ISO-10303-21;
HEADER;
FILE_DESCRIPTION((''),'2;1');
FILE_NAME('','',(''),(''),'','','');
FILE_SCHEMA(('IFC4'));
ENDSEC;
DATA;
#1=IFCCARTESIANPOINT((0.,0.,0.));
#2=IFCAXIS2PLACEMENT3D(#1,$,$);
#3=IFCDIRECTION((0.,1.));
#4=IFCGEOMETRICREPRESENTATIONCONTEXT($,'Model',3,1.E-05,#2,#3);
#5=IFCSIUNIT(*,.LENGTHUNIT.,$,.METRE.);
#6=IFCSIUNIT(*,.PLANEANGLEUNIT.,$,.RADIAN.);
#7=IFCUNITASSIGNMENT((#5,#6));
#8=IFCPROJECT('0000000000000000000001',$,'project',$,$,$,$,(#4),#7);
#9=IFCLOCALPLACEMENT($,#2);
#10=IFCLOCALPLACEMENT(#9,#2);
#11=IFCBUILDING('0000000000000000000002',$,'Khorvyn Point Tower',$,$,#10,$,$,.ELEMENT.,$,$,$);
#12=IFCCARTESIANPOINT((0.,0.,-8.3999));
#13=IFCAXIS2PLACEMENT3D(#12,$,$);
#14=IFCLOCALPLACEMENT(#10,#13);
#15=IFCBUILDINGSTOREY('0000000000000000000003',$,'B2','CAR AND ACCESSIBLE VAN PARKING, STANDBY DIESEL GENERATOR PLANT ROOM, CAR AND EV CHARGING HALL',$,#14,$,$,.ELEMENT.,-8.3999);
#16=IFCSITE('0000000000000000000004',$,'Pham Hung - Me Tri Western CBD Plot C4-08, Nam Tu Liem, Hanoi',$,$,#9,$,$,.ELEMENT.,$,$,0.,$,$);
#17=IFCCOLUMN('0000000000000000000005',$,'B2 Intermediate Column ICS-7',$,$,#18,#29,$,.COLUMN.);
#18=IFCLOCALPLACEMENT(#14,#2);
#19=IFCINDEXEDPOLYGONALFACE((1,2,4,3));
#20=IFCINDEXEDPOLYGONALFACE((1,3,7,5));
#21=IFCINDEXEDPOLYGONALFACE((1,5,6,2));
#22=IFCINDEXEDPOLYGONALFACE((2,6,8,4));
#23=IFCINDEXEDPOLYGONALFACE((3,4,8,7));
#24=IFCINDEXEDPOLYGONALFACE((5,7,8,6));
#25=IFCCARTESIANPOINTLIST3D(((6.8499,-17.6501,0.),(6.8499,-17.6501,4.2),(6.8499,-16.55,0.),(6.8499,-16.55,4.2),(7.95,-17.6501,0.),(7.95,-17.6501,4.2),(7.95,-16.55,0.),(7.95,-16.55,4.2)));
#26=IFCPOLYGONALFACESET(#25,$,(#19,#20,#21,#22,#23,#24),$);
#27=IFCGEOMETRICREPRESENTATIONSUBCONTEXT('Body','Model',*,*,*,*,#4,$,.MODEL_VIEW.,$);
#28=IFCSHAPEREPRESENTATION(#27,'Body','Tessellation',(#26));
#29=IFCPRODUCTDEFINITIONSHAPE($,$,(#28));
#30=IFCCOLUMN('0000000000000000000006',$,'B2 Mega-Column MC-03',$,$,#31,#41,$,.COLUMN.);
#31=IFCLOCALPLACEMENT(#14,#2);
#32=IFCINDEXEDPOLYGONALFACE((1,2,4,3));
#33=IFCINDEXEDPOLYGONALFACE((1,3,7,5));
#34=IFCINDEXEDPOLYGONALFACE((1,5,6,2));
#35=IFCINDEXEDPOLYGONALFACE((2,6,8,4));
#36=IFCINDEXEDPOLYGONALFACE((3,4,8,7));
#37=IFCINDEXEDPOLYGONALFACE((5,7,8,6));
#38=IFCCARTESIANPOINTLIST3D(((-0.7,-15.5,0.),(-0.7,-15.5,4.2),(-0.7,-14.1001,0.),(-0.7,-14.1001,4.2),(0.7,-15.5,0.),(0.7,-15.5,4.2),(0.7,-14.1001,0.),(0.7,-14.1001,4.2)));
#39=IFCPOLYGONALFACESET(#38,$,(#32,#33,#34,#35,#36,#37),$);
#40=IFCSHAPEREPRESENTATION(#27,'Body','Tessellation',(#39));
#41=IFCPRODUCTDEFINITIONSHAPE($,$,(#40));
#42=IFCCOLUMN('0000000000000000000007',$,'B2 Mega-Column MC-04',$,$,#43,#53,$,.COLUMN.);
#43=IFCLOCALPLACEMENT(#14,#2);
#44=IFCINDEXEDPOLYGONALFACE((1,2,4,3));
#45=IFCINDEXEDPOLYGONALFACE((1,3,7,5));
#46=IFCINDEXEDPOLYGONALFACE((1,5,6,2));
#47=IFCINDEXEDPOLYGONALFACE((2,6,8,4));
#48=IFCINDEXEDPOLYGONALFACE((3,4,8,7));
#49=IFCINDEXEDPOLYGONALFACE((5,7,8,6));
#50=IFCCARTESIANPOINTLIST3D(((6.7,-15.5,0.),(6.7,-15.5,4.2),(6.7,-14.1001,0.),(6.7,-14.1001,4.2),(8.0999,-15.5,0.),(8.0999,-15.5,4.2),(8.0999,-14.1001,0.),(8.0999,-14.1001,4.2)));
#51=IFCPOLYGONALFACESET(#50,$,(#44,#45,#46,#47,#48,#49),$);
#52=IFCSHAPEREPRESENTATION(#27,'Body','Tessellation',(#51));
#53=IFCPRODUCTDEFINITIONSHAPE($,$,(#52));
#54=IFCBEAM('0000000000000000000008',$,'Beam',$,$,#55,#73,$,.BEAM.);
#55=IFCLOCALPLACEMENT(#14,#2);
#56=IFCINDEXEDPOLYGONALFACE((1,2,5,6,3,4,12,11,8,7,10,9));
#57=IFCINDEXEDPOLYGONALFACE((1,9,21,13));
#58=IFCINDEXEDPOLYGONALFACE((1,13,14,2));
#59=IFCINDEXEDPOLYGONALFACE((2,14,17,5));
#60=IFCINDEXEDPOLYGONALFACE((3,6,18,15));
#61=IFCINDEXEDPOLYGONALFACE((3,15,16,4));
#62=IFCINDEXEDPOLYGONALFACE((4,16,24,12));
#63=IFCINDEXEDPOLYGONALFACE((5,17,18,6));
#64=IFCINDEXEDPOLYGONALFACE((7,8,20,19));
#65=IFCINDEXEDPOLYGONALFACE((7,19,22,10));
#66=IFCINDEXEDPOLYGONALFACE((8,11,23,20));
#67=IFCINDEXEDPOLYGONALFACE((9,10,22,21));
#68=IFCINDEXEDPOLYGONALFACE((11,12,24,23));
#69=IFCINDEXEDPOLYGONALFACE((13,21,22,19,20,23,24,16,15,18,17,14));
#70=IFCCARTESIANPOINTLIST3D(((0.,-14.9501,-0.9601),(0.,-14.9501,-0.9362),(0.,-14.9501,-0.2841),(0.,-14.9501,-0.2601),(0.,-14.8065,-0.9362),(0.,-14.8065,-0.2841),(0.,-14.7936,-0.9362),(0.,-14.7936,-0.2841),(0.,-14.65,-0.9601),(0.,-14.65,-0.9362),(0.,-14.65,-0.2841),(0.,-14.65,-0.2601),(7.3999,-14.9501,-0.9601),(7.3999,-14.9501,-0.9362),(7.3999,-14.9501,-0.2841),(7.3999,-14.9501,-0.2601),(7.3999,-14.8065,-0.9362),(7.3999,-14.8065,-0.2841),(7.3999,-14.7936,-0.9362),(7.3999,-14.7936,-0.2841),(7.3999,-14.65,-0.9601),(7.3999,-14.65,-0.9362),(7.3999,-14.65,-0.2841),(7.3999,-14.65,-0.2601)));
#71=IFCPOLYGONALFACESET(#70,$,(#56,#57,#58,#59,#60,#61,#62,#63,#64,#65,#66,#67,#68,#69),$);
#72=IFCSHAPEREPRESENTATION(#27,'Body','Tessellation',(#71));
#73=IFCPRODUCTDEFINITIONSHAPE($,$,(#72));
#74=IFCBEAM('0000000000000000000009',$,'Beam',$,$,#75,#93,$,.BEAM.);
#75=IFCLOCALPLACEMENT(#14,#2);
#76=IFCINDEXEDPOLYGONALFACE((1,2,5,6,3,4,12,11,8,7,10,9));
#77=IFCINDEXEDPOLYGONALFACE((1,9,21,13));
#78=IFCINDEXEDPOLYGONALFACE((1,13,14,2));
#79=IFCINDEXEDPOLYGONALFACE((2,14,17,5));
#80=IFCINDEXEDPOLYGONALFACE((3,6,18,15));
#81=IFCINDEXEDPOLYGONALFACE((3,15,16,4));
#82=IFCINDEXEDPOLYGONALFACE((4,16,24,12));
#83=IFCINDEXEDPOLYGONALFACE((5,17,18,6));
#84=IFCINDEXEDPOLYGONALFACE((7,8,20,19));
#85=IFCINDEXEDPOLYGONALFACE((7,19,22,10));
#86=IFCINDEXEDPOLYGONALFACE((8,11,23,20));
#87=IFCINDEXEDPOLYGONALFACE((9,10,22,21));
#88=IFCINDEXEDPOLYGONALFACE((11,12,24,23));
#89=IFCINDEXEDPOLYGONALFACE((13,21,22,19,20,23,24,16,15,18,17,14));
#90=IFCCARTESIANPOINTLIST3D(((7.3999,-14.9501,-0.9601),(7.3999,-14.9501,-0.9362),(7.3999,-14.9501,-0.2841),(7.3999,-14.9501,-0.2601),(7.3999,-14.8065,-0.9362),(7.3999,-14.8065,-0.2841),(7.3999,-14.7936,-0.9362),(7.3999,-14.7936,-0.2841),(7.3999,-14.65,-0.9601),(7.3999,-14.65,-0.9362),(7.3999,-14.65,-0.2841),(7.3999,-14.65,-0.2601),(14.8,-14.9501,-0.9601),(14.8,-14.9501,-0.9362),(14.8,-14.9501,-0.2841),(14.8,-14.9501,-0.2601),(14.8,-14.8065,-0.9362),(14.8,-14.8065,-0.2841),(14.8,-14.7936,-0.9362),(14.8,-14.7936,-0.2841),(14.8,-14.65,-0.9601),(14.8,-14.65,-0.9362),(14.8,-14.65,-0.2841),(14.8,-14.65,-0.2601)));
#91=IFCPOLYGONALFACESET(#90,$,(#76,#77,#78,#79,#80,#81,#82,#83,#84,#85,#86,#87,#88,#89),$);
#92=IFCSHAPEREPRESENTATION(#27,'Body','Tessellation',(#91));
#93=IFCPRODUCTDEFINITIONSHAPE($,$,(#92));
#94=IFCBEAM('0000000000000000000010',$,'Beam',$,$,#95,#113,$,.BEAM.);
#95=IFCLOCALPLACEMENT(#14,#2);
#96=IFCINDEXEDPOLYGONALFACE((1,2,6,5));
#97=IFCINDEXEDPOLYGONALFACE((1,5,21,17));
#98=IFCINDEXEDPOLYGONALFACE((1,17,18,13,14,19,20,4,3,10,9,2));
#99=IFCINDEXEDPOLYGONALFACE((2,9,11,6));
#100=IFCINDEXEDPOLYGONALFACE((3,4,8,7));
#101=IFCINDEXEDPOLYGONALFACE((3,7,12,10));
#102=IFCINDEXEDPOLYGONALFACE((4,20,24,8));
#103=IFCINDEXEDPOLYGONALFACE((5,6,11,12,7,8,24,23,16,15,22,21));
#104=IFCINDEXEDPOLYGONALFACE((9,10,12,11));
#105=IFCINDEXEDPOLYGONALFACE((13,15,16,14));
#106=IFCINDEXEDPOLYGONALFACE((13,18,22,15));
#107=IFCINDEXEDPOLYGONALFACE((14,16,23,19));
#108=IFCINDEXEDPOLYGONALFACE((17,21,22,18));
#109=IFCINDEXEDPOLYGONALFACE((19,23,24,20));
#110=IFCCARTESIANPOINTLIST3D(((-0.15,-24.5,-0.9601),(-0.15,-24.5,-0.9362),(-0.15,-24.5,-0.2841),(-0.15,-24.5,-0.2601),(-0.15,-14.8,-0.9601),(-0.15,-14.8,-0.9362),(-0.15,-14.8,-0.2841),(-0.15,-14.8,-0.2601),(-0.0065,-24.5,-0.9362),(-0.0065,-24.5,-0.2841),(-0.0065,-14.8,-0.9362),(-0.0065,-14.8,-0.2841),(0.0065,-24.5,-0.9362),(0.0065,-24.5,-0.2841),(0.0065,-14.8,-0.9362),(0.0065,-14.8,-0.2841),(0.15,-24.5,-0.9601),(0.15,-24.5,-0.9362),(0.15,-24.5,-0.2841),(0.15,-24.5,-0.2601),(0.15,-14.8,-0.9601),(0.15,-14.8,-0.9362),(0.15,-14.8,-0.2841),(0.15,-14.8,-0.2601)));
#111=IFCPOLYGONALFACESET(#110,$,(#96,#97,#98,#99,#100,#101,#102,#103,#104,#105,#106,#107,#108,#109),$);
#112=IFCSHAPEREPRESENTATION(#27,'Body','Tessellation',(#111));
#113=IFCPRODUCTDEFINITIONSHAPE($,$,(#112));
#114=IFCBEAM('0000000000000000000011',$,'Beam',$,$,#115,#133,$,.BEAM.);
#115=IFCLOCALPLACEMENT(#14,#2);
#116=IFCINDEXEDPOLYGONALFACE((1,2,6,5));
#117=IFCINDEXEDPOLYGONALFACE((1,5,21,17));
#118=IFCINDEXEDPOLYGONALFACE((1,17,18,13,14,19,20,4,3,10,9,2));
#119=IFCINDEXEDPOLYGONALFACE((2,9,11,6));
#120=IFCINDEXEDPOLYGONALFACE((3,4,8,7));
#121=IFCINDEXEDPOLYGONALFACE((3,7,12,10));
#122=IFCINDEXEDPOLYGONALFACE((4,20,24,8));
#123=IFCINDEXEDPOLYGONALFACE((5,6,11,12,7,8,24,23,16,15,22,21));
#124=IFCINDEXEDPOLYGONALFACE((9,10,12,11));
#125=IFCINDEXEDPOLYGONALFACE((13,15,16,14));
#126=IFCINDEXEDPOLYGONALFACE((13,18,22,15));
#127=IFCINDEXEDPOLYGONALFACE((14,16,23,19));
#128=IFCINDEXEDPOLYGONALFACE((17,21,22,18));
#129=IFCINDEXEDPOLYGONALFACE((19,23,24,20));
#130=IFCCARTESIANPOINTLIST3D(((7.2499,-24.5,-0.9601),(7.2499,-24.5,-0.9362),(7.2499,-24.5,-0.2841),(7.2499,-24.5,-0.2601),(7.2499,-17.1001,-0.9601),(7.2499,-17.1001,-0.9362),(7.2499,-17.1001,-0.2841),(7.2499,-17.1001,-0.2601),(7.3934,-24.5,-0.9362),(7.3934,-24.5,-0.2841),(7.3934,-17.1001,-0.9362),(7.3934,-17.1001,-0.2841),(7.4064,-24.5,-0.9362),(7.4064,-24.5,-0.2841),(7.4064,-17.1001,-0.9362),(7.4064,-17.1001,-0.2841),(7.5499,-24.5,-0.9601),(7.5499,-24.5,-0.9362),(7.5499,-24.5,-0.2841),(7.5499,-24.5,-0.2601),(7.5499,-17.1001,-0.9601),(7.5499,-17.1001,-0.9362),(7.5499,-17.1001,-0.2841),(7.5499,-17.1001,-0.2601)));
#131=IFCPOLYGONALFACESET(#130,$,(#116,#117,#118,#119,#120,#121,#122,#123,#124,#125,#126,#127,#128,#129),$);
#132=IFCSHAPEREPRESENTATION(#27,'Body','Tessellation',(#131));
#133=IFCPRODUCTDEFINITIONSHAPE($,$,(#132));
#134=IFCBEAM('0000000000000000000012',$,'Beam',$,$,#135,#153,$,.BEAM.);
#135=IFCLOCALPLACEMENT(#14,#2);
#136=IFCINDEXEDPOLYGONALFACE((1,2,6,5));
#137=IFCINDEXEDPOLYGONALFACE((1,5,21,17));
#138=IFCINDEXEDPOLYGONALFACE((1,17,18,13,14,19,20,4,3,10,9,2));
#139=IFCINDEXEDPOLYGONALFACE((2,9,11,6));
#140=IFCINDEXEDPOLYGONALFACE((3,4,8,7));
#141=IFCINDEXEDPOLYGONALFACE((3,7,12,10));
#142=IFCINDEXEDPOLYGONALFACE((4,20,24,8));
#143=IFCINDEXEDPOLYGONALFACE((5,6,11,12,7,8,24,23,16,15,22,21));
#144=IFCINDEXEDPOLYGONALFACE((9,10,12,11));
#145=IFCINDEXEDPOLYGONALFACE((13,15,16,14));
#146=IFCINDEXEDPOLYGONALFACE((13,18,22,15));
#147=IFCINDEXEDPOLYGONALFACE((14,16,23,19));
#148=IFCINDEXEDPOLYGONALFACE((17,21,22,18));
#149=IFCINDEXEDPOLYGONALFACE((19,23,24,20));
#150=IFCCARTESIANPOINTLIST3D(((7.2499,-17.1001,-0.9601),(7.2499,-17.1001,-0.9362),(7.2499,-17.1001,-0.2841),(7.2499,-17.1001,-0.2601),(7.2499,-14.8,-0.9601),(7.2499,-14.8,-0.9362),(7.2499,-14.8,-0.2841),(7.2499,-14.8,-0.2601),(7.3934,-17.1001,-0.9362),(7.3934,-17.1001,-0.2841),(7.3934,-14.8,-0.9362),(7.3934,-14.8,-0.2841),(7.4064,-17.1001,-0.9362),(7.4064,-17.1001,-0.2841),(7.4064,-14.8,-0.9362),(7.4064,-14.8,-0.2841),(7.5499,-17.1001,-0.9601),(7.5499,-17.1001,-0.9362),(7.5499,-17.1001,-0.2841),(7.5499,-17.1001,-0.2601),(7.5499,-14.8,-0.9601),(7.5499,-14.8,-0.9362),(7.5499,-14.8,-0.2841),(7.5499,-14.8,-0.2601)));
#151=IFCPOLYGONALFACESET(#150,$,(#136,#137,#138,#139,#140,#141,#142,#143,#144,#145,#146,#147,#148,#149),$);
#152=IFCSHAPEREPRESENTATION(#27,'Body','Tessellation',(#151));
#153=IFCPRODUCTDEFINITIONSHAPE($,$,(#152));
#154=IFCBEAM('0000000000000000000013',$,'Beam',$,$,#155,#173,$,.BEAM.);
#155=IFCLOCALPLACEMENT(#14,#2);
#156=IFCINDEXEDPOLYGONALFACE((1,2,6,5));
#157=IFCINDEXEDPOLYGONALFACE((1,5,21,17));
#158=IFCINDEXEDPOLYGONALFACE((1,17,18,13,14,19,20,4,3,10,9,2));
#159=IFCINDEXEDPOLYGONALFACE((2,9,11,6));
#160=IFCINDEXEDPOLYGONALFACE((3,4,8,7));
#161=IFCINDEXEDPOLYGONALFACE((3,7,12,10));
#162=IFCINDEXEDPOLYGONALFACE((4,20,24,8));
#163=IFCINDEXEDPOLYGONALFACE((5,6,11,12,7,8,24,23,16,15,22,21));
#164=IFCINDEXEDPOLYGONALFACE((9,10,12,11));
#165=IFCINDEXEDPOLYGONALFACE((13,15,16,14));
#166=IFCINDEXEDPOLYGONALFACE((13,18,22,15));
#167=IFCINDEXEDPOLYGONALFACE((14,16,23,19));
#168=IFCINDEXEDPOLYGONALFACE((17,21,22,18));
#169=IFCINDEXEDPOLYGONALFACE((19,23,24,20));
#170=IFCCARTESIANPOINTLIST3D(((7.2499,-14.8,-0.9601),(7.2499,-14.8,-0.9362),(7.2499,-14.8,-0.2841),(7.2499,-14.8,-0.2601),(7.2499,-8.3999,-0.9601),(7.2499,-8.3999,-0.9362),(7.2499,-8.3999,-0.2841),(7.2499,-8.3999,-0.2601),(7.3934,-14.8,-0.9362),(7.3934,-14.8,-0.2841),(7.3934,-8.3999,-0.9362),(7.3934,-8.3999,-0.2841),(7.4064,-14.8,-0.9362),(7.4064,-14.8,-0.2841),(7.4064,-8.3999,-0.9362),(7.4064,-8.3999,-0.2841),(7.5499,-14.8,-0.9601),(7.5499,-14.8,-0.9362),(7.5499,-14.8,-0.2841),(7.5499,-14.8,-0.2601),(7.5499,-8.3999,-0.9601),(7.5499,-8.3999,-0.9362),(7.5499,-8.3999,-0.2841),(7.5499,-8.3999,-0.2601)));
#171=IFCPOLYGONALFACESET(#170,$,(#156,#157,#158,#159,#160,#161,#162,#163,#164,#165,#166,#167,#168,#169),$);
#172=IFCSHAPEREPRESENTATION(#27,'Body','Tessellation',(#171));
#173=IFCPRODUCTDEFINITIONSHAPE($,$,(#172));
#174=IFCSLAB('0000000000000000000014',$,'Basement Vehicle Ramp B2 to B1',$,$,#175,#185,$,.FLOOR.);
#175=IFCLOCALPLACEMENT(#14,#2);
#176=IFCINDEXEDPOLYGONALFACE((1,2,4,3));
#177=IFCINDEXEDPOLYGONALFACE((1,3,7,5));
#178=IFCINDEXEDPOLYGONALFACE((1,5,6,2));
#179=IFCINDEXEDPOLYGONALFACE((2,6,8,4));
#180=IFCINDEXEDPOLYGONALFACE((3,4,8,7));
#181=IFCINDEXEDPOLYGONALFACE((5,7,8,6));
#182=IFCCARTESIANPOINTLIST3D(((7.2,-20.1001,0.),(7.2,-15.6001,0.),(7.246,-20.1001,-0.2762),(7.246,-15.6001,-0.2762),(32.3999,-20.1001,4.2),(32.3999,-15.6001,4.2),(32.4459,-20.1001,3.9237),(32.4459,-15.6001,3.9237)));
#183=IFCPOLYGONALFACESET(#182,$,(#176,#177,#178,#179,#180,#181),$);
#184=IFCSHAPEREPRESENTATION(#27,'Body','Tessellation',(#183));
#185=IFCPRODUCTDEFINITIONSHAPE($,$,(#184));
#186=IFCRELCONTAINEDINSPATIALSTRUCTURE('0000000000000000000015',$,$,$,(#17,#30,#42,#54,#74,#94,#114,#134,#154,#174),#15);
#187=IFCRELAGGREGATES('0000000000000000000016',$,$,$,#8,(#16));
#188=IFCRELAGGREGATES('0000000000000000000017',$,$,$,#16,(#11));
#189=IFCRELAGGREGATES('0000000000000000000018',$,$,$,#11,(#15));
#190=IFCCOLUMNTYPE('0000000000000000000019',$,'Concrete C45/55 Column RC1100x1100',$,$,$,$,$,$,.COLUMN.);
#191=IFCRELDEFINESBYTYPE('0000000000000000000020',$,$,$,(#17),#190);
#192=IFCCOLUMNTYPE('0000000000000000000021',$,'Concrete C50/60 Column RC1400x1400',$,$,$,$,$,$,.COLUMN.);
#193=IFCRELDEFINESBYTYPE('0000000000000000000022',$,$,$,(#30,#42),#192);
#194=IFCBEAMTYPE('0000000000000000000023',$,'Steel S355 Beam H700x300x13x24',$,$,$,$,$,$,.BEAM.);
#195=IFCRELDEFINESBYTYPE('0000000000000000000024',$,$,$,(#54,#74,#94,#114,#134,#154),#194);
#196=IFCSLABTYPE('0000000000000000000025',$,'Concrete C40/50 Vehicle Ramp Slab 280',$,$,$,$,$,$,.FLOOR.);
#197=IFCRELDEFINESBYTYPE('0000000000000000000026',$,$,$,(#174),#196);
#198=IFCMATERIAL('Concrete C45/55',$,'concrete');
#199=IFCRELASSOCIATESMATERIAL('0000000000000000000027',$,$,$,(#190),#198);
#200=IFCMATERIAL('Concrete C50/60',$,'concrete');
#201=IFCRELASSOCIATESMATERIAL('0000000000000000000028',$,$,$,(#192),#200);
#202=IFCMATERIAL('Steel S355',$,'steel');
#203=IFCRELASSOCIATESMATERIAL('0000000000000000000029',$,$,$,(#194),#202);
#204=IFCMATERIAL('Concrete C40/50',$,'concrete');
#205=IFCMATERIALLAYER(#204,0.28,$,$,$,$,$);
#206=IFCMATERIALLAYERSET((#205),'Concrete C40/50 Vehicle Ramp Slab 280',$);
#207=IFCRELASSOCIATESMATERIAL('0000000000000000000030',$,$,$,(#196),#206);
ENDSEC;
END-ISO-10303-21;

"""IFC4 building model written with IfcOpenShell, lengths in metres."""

from ifc_helpers import new_model, si_unit, direction, frame, origin, origin_2d, place, context, subcontext, project, spatial, polyline, rectangle, i_section, outline, extrude, material, layer, layer_set, material_profile, profile_set, type_object, element, save


model = new_model("IFC4")

# Units and contexts
model_context = context("Model", 3, precision=1e-05, world=origin(), true_north=direction((0.0, 1.0)))
body_context = subcontext(model_context, "Body", "Model", "MODEL_VIEW")
ifc_project = project(units=[si_unit("LENGTHUNIT", "METRE"), si_unit("PLANEANGLEUNIT", "RADIAN")], contexts=[model_context])

# Site, building, storey
site_placement = place(None, origin())
site = spatial("IfcSite", under=ifc_project, at=site_placement, Name="Pham Hung - Me Tri Western CBD Plot C4-08, Nam Tu Liem, Hanoi", CompositionType="ELEMENT", RefElevation=0.0)
building_placement = place(site_placement, origin())
building = spatial("IfcBuilding", under=site, at=building_placement, Name="Khorvyn Point Tower", CompositionType="ELEMENT")
storey_placement = place(building_placement, frame((0.0, 0.0, -8.3999)))
storey = spatial("IfcBuildingStorey", under=building, at=storey_placement, Name="B2", Description="CAR AND ACCESSIBLE VAN PARKING, STANDBY DIESEL GENERATOR PLANT ROOM, CAR AND EV CHARGING HALL", CompositionType="ELEMENT", Elevation=-8.3999)

# Columns
ifc_material_1 = material(Name="Concrete C45/55", Category="concrete")
ifc_material_profile_1 = material_profile(ifc_material_1, rectangle(XDim=1.1001, YDim=1.1001, at=origin_2d()))
ifc_profile_set_1 = profile_set([ifc_material_profile_1], Name="Concrete C45/55 RC1100x1100")
column_type_1 = type_object("IfcColumnType", Name="Concrete C45/55 Column RC1100x1100", PredefinedType="COLUMN", material=ifc_profile_set_1)
column_placement = place(storey_placement, frame((7.3999, -17.1001, 0.0), z_axis=(0.0, 0.0, 1.0), x_axis=(1.0, 0.0, 0.0)))
element("IfcColumn", 1, at=column_placement, inside=storey, type_object=column_type_1, Name="B2 Intermediate Column ICS-7", PredefinedType="COLUMN", context=body_context, shape_type="SweptSolid", body=[
    extrude(rectangle(XDim=1.1001, YDim=1.1001, at=origin_2d()), origin(), (0.0, 0.0, 1.0), 4.2),
])
ifc_material_2 = material(Name="Concrete C50/60", Category="concrete")
ifc_material_profile_2 = material_profile(ifc_material_2, rectangle(XDim=1.3999, YDim=1.3999, at=origin_2d()))
ifc_profile_set_2 = profile_set([ifc_material_profile_2], Name="Concrete C50/60 RC1400x1400")
column_type_2 = type_object("IfcColumnType", Name="Concrete C50/60 Column RC1400x1400", PredefinedType="COLUMN", material=ifc_profile_set_2)
for number, where, z_axis, x_axis, name in (
    (2, (0.0, -14.8, 0.0), (0.0, 0.0, 1.0), (1.0, 0.0, 0.0), "B2 Mega-Column MC-03"),
    (3, (7.3999, -14.8, 0.0), (0.0, 0.0, 1.0), (1.0, 0.0, 0.0), "B2 Mega-Column MC-04"),
):
    element("IfcColumn", number, at=place(storey_placement, frame(where, z_axis=z_axis, x_axis=x_axis)), inside=storey, type_object=column_type_2, Name=name, PredefinedType="COLUMN", context=body_context, shape_type="SweptSolid", body=[
        extrude(rectangle(XDim=1.3999, YDim=1.3999, at=origin_2d()), origin(), (0.0, 0.0, 1.0), 4.2),
    ])

# Beams
ifc_material_3 = material(Name="Steel S355", Category="steel")
ifc_material_profile_3 = material_profile(ifc_material_3, i_section(OverallWidth=0.3, OverallDepth=0.7, WebThickness=0.0129, FlangeThickness=0.0239, at=origin_2d()))
ifc_profile_set_3 = profile_set([ifc_material_profile_3], Name="Steel S355 H700x300x13x24")
beam_type = type_object("IfcBeamType", Name="Steel S355 Beam H700x300x13x24", PredefinedType="BEAM", material=ifc_profile_set_3)
beam_1_placement = place(storey_placement, frame((0.0, -14.8, -0.6101), z_axis=(1.0, 0.0, 0.0), x_axis=(0.0, 1.0, 0.0)))
element("IfcBeam", 4, at=beam_1_placement, inside=storey, type_object=beam_type, Name="Beam", PredefinedType="BEAM", context=body_context, shape_type="SweptSolid", body=[
    extrude(i_section(OverallWidth=0.3, OverallDepth=0.7, WebThickness=0.0129, FlangeThickness=0.0239, at=origin_2d()), origin(), (0.0, 0.0, 1.0), 7.3999),
])
beam_2_placement = place(storey_placement, frame((7.3999, -14.8, -0.6101), z_axis=(1.0, 0.0, 0.0), x_axis=(0.0, 1.0, 0.0)))
element("IfcBeam", 5, at=beam_2_placement, inside=storey, type_object=beam_type, Name="Beam", PredefinedType="BEAM", context=body_context, shape_type="SweptSolid", body=[
    extrude(i_section(OverallWidth=0.3, OverallDepth=0.7, WebThickness=0.0129, FlangeThickness=0.0239, at=origin_2d()), origin(), (0.0, 0.0, 1.0), 7.4001),
])
beam_3_placement = place(storey_placement, frame((0.0, -24.5, -0.6101), z_axis=(0.0, 1.0, 0.0), x_axis=(-1.0, 0.0, 0.0)))
element("IfcBeam", 6, at=beam_3_placement, inside=storey, type_object=beam_type, Name="Beam", PredefinedType="BEAM", context=body_context, shape_type="SweptSolid", body=[
    extrude(i_section(OverallWidth=0.3, OverallDepth=0.7, WebThickness=0.0129, FlangeThickness=0.0239, at=origin_2d()), origin(), (0.0, 0.0, 1.0), 9.7),
])
beam_4_placement = place(storey_placement, frame((7.3999, -24.5, -0.6101), z_axis=(0.0, 1.0, 0.0), x_axis=(-1.0, 0.0, 0.0)))
element("IfcBeam", 7, at=beam_4_placement, inside=storey, type_object=beam_type, Name="Beam", PredefinedType="BEAM", context=body_context, shape_type="SweptSolid", body=[
    extrude(i_section(OverallWidth=0.3, OverallDepth=0.7, WebThickness=0.0129, FlangeThickness=0.0239, at=origin_2d()), origin(), (0.0, 0.0, 1.0), 7.3999),
])
beam_5_placement = place(storey_placement, frame((7.3999, -17.1001, -0.6101), z_axis=(0.0, 1.0, 0.0), x_axis=(-1.0, 0.0, 0.0)))
element("IfcBeam", 8, at=beam_5_placement, inside=storey, type_object=beam_type, Name="Beam", PredefinedType="BEAM", context=body_context, shape_type="SweptSolid", body=[
    extrude(i_section(OverallWidth=0.3, OverallDepth=0.7, WebThickness=0.0129, FlangeThickness=0.0239, at=origin_2d()), origin(), (0.0, 0.0, 1.0), 2.3),
])
beam_6_placement = place(storey_placement, frame((7.3999, -14.8, -0.6101), z_axis=(0.0, 1.0, 0.0), x_axis=(-1.0, 0.0, 0.0)))
element("IfcBeam", 9, at=beam_6_placement, inside=storey, type_object=beam_type, Name="Beam", PredefinedType="BEAM", context=body_context, shape_type="SweptSolid", body=[
    extrude(i_section(OverallWidth=0.3, OverallDepth=0.7, WebThickness=0.0129, FlangeThickness=0.0239, at=origin_2d()), origin(), (0.0, 0.0, 1.0), 6.4001),
])

# Slab
ifc_material_4 = material(Name="Concrete C40/50", Category="concrete")
ifc_layer_1 = layer(ifc_material_4, 0.28)
ifc_layer_set_1 = layer_set([ifc_layer_1], Name="Concrete C40/50 Vehicle Ramp Slab 280")
slab_type = type_object("IfcSlabType", Name="Concrete C40/50 Vehicle Ramp Slab 280", PredefinedType="FLOOR", material=ifc_layer_set_1)
slab_placement = place(storey_placement, frame((7.2, -20.1001, 0.0), z_axis=(-0.164397, 0.0, 0.986394), x_axis=(0.986394, 0.0, 0.164397)))
element("IfcSlab", 10, at=slab_placement, inside=storey, type_object=slab_type, Name="Basement Vehicle Ramp B2 to B1", PredefinedType="FLOOR", context=body_context, shape_type="SweptSolid", body=[
    extrude(outline(polyline([(0.0, 0.0), (25.5475, 0.0), (25.5475, 4.5), (0.0, 4.5), (0.0, 0.0)])), origin(), (0.0, 0.0, -1.0), 0.28),
])

save(model, "model.ifc")
